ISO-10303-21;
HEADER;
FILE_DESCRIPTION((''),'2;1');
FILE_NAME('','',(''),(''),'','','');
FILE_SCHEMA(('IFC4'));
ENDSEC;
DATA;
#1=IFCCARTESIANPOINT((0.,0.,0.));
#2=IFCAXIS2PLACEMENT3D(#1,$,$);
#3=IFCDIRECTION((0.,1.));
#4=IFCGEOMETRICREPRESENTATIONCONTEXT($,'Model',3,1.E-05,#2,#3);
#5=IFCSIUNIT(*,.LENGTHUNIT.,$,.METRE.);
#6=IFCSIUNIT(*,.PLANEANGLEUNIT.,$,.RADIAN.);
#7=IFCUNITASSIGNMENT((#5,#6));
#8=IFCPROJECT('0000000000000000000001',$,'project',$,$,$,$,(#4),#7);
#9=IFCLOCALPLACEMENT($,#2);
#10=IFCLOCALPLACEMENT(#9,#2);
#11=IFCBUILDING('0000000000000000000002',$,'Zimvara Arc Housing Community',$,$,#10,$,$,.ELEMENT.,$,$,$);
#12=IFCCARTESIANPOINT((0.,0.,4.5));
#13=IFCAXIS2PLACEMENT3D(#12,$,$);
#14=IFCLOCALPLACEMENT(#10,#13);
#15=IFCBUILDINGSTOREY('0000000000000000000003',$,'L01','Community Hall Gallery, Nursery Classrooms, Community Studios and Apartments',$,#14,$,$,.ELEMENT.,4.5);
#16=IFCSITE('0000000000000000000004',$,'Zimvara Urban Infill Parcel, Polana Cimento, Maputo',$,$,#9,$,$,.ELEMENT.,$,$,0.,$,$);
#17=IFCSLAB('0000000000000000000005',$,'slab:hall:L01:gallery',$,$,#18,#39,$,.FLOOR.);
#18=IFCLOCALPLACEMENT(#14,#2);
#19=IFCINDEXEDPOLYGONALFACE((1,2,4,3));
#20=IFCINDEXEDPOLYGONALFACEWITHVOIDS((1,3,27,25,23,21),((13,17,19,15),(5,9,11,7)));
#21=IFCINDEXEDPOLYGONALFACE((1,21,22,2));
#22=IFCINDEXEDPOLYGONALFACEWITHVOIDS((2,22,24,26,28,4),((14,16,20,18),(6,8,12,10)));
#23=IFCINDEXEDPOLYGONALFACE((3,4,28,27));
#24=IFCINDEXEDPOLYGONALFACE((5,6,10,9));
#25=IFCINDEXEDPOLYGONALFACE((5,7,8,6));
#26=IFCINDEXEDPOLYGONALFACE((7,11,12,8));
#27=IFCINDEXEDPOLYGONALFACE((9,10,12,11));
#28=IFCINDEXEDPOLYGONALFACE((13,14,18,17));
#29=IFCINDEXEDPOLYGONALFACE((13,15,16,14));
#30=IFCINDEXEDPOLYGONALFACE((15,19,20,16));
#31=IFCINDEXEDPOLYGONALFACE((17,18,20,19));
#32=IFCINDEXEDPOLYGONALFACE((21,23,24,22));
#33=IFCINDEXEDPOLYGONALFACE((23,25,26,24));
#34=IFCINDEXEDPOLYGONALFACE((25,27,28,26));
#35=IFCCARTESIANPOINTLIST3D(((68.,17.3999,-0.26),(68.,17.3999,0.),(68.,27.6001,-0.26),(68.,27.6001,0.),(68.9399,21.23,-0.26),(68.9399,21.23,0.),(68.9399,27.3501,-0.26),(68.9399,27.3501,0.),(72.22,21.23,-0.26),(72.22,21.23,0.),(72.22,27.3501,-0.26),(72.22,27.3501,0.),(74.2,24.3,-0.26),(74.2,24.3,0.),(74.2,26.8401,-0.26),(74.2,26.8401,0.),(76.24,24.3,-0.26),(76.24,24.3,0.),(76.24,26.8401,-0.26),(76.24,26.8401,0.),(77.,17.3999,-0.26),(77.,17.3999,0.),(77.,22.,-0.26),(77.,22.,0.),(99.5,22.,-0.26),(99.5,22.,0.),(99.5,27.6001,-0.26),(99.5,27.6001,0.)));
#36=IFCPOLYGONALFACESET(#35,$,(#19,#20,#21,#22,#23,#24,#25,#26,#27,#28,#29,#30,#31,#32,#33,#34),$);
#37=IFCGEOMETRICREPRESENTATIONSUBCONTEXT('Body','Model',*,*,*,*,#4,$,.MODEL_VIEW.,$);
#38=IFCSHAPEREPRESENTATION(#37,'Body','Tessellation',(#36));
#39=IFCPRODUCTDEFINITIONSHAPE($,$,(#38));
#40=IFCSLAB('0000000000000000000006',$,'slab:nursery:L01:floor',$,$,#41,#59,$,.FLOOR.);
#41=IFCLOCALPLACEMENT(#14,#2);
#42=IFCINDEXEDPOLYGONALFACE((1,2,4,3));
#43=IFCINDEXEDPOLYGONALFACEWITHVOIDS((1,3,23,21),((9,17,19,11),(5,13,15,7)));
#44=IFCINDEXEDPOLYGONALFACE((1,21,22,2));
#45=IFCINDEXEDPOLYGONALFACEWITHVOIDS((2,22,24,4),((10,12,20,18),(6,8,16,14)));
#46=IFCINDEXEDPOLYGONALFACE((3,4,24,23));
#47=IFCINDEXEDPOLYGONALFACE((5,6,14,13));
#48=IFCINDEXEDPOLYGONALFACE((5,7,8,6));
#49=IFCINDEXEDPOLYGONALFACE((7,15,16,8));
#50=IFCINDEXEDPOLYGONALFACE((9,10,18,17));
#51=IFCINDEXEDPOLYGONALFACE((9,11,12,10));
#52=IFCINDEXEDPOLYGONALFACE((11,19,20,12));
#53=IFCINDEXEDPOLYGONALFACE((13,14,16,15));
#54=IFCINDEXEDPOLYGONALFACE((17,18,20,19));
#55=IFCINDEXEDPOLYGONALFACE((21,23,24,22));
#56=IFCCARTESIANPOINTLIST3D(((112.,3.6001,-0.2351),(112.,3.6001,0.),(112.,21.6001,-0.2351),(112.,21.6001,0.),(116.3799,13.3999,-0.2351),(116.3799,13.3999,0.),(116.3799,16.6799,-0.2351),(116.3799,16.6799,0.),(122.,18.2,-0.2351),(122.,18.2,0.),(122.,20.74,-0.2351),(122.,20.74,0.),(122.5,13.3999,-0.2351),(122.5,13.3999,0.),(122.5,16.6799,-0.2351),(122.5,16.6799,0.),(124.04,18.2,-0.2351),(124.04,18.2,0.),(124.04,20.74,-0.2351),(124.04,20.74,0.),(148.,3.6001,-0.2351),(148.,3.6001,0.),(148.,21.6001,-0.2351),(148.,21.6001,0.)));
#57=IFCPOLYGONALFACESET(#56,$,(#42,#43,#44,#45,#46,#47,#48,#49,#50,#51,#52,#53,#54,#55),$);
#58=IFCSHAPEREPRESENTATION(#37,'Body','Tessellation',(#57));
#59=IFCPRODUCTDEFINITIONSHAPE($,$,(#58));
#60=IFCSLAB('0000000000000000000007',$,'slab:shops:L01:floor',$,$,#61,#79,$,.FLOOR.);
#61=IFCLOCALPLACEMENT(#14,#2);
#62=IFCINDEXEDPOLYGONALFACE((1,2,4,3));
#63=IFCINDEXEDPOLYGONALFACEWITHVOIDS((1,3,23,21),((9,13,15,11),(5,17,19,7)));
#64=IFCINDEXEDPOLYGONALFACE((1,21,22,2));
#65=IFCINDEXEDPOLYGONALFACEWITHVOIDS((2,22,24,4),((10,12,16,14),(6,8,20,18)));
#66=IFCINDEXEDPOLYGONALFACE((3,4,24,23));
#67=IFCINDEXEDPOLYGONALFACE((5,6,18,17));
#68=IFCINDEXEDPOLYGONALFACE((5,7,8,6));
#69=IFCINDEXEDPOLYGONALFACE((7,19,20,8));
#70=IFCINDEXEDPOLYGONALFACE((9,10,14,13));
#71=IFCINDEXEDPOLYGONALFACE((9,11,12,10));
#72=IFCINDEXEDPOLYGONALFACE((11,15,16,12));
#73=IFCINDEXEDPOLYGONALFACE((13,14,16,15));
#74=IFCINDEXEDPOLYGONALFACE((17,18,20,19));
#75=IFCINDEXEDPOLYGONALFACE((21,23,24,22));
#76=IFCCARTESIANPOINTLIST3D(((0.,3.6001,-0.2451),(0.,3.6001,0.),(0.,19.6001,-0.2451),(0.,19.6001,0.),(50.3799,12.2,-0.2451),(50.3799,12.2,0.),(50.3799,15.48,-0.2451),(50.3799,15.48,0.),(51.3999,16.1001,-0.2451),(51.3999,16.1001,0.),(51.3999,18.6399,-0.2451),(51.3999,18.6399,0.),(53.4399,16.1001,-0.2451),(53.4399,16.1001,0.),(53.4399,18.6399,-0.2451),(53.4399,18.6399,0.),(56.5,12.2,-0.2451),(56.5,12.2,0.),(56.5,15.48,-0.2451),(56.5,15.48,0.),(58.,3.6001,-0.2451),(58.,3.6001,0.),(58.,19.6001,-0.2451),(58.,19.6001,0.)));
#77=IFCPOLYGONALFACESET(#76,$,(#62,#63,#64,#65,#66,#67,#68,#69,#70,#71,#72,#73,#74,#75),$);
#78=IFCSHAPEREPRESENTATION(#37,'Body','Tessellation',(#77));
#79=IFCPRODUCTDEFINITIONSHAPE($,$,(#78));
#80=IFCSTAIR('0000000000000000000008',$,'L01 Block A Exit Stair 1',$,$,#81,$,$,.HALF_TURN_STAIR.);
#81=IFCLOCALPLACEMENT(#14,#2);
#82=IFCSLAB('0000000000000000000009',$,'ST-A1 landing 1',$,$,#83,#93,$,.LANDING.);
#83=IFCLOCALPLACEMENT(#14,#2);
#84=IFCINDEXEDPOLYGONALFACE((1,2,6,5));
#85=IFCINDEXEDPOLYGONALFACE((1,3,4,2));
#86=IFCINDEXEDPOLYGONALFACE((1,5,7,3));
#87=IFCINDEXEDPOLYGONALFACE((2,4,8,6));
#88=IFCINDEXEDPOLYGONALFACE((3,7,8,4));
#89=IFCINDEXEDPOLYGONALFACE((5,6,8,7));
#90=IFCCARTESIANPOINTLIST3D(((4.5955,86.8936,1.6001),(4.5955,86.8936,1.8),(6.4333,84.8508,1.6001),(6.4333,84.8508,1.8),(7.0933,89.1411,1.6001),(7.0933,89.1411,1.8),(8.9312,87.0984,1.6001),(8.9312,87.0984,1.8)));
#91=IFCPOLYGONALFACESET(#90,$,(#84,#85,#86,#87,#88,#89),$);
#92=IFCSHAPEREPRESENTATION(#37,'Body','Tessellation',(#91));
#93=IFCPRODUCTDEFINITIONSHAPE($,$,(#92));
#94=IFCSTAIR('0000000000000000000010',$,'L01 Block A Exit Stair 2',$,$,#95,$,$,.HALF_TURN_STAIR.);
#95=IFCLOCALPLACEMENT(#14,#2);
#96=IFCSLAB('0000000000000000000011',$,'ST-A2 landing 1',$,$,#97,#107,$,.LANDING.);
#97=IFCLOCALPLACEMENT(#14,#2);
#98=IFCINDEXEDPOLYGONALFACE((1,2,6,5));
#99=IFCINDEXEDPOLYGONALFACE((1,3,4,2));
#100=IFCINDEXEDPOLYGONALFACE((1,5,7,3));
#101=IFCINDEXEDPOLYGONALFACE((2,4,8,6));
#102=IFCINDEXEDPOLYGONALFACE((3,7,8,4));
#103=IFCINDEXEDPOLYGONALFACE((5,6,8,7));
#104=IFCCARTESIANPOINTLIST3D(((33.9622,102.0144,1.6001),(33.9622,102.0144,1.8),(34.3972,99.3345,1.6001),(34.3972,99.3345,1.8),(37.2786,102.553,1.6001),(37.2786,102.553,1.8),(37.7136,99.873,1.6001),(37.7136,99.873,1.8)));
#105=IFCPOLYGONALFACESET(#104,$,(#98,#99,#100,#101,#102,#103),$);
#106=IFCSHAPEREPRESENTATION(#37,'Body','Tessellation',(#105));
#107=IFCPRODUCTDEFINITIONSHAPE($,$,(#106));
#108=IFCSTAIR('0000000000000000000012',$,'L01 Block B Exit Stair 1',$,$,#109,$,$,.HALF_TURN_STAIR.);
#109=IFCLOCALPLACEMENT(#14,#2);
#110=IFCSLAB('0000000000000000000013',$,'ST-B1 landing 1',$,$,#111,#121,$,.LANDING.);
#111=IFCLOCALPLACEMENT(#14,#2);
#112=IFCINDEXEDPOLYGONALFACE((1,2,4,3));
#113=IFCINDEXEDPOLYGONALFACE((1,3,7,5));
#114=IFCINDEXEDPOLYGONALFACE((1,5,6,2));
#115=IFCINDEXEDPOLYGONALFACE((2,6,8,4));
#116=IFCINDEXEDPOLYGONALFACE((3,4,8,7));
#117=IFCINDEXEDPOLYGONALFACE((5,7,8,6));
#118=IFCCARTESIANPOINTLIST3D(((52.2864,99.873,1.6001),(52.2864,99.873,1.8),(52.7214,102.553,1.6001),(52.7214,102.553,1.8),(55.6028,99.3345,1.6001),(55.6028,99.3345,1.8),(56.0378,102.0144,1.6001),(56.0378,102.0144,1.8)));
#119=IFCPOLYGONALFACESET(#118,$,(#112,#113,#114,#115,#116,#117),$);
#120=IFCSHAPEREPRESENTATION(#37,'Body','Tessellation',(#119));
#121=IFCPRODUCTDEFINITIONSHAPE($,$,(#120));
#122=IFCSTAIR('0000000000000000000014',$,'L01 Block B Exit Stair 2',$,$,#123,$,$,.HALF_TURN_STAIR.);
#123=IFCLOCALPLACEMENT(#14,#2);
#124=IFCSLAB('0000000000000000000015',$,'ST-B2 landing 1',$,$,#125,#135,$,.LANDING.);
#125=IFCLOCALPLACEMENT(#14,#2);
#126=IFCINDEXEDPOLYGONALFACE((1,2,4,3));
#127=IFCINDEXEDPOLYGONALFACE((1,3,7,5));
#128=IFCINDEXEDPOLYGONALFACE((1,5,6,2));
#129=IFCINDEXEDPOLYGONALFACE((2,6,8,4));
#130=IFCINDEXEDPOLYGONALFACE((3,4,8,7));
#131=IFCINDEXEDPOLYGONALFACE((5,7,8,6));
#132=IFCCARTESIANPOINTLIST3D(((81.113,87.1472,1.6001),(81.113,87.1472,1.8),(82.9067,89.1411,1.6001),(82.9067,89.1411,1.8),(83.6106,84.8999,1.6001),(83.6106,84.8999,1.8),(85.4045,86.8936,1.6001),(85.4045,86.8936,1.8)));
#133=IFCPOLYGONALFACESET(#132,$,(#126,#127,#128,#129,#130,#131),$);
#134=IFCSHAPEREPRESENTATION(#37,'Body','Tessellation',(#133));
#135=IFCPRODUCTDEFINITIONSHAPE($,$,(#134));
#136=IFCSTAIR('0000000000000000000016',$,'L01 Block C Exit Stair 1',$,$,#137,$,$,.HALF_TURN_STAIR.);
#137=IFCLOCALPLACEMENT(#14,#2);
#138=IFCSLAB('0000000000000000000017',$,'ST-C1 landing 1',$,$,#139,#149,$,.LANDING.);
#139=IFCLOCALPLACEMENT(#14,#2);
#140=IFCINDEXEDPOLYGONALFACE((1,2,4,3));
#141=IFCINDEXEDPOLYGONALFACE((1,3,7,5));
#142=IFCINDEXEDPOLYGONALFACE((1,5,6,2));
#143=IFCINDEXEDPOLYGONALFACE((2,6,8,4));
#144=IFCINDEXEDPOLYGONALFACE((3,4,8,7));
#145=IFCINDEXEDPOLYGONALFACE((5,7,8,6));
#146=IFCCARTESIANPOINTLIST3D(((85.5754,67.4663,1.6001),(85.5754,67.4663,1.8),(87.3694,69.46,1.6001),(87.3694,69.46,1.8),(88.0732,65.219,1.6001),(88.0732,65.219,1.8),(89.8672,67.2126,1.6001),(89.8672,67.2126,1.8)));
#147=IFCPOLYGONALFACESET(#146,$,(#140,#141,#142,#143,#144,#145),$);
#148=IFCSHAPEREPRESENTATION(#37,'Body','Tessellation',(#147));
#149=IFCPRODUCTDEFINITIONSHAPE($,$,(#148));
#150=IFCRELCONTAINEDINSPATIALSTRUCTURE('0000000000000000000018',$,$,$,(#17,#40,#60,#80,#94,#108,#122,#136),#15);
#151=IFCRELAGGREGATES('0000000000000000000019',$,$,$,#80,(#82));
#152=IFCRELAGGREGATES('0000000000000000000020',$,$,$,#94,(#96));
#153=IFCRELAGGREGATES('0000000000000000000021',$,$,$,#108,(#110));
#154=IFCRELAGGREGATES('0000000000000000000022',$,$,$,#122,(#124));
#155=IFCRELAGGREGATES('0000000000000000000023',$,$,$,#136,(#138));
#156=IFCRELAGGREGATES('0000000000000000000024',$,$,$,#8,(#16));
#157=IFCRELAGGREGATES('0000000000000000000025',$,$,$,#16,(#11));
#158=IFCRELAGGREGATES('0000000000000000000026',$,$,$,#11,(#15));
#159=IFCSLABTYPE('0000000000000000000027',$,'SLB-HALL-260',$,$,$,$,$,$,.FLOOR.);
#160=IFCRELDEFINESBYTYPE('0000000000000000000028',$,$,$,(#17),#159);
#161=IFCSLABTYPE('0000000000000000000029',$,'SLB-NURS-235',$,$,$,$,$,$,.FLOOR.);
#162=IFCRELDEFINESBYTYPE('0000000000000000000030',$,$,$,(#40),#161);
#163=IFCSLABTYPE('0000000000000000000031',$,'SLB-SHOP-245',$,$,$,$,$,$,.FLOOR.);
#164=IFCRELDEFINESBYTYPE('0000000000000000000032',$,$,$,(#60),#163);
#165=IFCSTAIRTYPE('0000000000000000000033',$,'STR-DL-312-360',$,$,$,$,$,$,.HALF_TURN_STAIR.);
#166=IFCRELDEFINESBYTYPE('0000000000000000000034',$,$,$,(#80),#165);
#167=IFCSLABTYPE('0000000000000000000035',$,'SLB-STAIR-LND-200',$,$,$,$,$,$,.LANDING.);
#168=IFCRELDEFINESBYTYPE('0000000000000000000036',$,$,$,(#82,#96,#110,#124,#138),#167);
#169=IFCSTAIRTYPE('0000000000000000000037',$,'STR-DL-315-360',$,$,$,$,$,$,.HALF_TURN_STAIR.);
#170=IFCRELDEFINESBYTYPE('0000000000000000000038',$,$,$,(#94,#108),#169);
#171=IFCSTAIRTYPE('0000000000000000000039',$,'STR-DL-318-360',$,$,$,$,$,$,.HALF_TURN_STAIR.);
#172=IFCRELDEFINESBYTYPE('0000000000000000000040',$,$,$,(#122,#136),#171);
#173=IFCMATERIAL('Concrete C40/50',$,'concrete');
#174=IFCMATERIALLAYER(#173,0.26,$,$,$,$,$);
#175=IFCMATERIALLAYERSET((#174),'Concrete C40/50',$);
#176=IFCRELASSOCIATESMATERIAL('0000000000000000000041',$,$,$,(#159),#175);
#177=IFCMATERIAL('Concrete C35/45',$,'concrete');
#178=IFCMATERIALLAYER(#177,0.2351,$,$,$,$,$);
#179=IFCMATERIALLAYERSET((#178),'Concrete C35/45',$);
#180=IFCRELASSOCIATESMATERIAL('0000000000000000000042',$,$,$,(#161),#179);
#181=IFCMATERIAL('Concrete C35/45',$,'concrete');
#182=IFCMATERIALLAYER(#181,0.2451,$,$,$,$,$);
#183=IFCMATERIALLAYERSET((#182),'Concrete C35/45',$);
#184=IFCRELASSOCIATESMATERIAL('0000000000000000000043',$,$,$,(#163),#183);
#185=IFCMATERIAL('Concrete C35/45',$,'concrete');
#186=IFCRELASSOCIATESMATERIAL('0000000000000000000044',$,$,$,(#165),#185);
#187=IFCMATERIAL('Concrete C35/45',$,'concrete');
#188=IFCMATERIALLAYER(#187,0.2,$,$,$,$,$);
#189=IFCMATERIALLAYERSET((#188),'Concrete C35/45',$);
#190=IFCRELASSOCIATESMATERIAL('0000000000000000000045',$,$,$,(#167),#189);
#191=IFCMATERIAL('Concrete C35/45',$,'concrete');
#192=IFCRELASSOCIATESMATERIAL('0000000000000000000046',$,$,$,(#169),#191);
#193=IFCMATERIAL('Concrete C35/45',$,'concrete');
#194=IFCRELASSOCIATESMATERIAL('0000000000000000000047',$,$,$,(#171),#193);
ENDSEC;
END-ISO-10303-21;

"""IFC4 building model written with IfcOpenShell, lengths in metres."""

from ifc_helpers import new_model, si_unit, direction, frame, origin, place, context, subcontext, project, spatial, polyline, outline, extrude, material, layer, layer_set, type_object, element, aggregate, save


model = new_model("IFC4")

# Units and contexts
model_context = context("Model", 3, precision=1e-05, world=origin(), true_north=direction((0.0, 1.0)))
body_context = subcontext(model_context, "Body", "Model", "MODEL_VIEW")
ifc_project = project(units=[si_unit("LENGTHUNIT", "METRE"), si_unit("PLANEANGLEUNIT", "RADIAN")], contexts=[model_context])

# Site, building, storey
site_placement = place(None, origin())
site = spatial("IfcSite", under=ifc_project, at=site_placement, Name="Zimvara Urban Infill Parcel, Polana Cimento, Maputo", CompositionType="ELEMENT", RefElevation=0.0)
building_placement = place(site_placement, origin())
building = spatial("IfcBuilding", under=site, at=building_placement, Name="Zimvara Arc Housing Community", CompositionType="ELEMENT")
storey_placement = place(building_placement, frame((0.0, 0.0, 4.5)))
storey = spatial("IfcBuildingStorey", under=building, at=storey_placement, Name="L01", Description="Community Hall Gallery, Nursery Classrooms, Community Studios and Apartments", CompositionType="ELEMENT", Elevation=4.5)

# Slabs
ifc_material_1 = material(Name="Concrete C40/50", Category="concrete")
ifc_layer_1 = layer(ifc_material_1, 0.26)
ifc_layer_set_1 = layer_set([ifc_layer_1], Name="Concrete C40/50")
slab_type_1 = type_object("IfcSlabType", Name="SLB-HALL-260", PredefinedType="FLOOR", material=ifc_layer_set_1)
slab_1_placement = place(storey_placement, frame((0.0, 0.0, -0.26)))
element("IfcSlab", 1, at=slab_1_placement, inside=storey, type_object=slab_type_1, Name="slab:hall:L01:gallery", PredefinedType="FLOOR", context=body_context, shape_type="SweptSolid", body=[
    extrude(outline(polyline([(68.0, 17.3999), (77.0, 17.3999), (77.0, 22.0), (99.5, 22.0), (99.5, 27.6001), (68.0, 27.6001), (68.0, 17.3999)]), holes=[polyline([(68.9399, 21.23), (68.9399, 27.3501), (72.22, 27.3501), (72.22, 21.23), (68.9399, 21.23)]), polyline([(74.2, 26.8401), (76.24, 26.8401), (76.24, 24.3), (74.2, 24.3), (74.2, 26.8401)])]), origin(), (0.0, 0.0, 1.0), 0.26),
])
ifc_material_2 = material(Name="Concrete C35/45", Category="concrete")
ifc_layer_2 = layer(ifc_material_2, 0.2351)
ifc_layer_set_2 = layer_set([ifc_layer_2], Name="Concrete C35/45")
slab_type_2 = type_object("IfcSlabType", Name="SLB-NURS-235", PredefinedType="FLOOR", material=ifc_layer_set_2)
slab_2_placement = place(storey_placement, frame((0.0, 0.0, -0.2351)))
element("IfcSlab", 2, at=slab_2_placement, inside=storey, type_object=slab_type_2, Name="slab:nursery:L01:floor", PredefinedType="FLOOR", context=body_context, shape_type="SweptSolid", body=[
    extrude(outline(polyline([(112.0, 3.6001), (148.0, 3.6001), (148.0, 21.6001), (112.0, 21.6001), (112.0, 3.6001)]), holes=[polyline([(116.3799, 16.6799), (122.5, 16.6799), (122.5, 13.3999), (116.3799, 13.3999), (116.3799, 16.6799)]), polyline([(122.0, 20.74), (124.04, 20.74), (124.04, 18.2), (122.0, 18.2), (122.0, 20.74)])]), origin(), (0.0, 0.0, 1.0), 0.2351),
])
ifc_material_3 = material(Name="Concrete C35/45", Category="concrete")
ifc_layer_3 = layer(ifc_material_3, 0.2451)
ifc_layer_set_3 = layer_set([ifc_layer_3], Name="Concrete C35/45")
slab_type_3 = type_object("IfcSlabType", Name="SLB-SHOP-245", PredefinedType="FLOOR", material=ifc_layer_set_3)
slab_3_placement = place(storey_placement, frame((0.0, 0.0, -0.2451)))
element("IfcSlab", 3, at=slab_3_placement, inside=storey, type_object=slab_type_3, Name="slab:shops:L01:floor", PredefinedType="FLOOR", context=body_context, shape_type="SweptSolid", body=[
    extrude(outline(polyline([(0.0, 3.6001), (58.0, 3.6001), (58.0, 19.6001), (0.0, 19.6001), (0.0, 3.6001)]), holes=[polyline([(50.3799, 15.48), (56.5, 15.48), (56.5, 12.2), (50.3799, 12.2), (50.3799, 15.48)]), polyline([(51.3999, 18.6399), (53.4399, 18.6399), (53.4399, 16.1001), (51.3999, 16.1001), (51.3999, 18.6399)])]), origin(), (0.0, 0.0, 1.0), 0.2451),
])

# Stairs, slabs
ifc_material_4 = material(Name="Concrete C35/45", Category="concrete")
stair_type_1 = type_object("IfcStairType", Name="STR-DL-312-360", PredefinedType="HALF_TURN_STAIR", material=ifc_material_4)
stair_1_placement = place(storey_placement, origin())
stair_1 = element("IfcStair", 4, at=stair_1_placement, inside=storey, type_object=stair_type_1, Name="L01 Block A Exit Stair 1", PredefinedType="HALF_TURN_STAIR")
ifc_material_5 = material(Name="Concrete C35/45", Category="concrete")
ifc_layer_4 = layer(ifc_material_5, 0.2)
ifc_layer_set_4 = layer_set([ifc_layer_4], Name="Concrete C35/45")
slab_type_4 = type_object("IfcSlabType", Name="SLB-STAIR-LND-200", PredefinedType="LANDING", material=ifc_layer_set_4)
slab_4_placement = place(storey_placement, frame((0.0, 0.0, 1.6001)))
slab_4 = element("IfcSlab", 5, at=slab_4_placement, type_object=slab_type_4, Name="ST-A1 landing 1", PredefinedType="LANDING", context=body_context, shape_type="SweptSolid", body=[
    extrude(outline(polyline([(8.9312, 87.0984), (7.0933, 89.1411), (4.5955, 86.8936), (6.4333, 84.8508), (8.9312, 87.0984)])), origin(), (0.0, 0.0, 1.0), 0.2),
])
aggregate(stair_1, [slab_4])
ifc_material_6 = material(Name="Concrete C35/45", Category="concrete")
stair_type_2 = type_object("IfcStairType", Name="STR-DL-315-360", PredefinedType="HALF_TURN_STAIR", material=ifc_material_6)
stair_2_placement = place(storey_placement, origin())
stair_2 = element("IfcStair", 6, at=stair_2_placement, inside=storey, type_object=stair_type_2, Name="L01 Block A Exit Stair 2", PredefinedType="HALF_TURN_STAIR")
slab_5_placement = place(storey_placement, frame((0.0, 0.0, 1.6001)))
slab_5 = element("IfcSlab", 7, at=slab_5_placement, type_object=slab_type_4, Name="ST-A2 landing 1", PredefinedType="LANDING", context=body_context, shape_type="SweptSolid", body=[
    extrude(outline(polyline([(37.7136, 99.873), (37.2786, 102.553), (33.9622, 102.0144), (34.3972, 99.3345), (37.7136, 99.873)])), origin(), (0.0, 0.0, 1.0), 0.2),
])
aggregate(stair_2, [slab_5])
stair_3_placement = place(storey_placement, origin())
stair_3 = element("IfcStair", 8, at=stair_3_placement, inside=storey, type_object=stair_type_2, Name="L01 Block B Exit Stair 1", PredefinedType="HALF_TURN_STAIR")
slab_6_placement = place(storey_placement, frame((0.0, 0.0, 1.6001)))
slab_6 = element("IfcSlab", 9, at=slab_6_placement, type_object=slab_type_4, Name="ST-B1 landing 1", PredefinedType="LANDING", context=body_context, shape_type="SweptSolid", body=[
    extrude(outline(polyline([(55.6028, 99.3345), (56.0378, 102.0144), (52.7214, 102.553), (52.2864, 99.873), (55.6028, 99.3345)])), origin(), (0.0, 0.0, 1.0), 0.2),
])
aggregate(stair_3, [slab_6])
ifc_material_7 = material(Name="Concrete C35/45", Category="concrete")
stair_type_3 = type_object("IfcStairType", Name="STR-DL-318-360", PredefinedType="HALF_TURN_STAIR", material=ifc_material_7)
stair_4_placement = place(storey_placement, origin())
stair_4 = element("IfcStair", 10, at=stair_4_placement, inside=storey, type_object=stair_type_3, Name="L01 Block B Exit Stair 2", PredefinedType="HALF_TURN_STAIR")
slab_7_placement = place(storey_placement, frame((0.0, 0.0, 1.6001)))
slab_7 = element("IfcSlab", 11, at=slab_7_placement, type_object=slab_type_4, Name="ST-B2 landing 1", PredefinedType="LANDING", context=body_context, shape_type="SweptSolid", body=[
    extrude(outline(polyline([(83.6106, 84.8999), (85.4045, 86.8936), (82.9067, 89.1411), (81.113, 87.1472), (83.6106, 84.8999)])), origin(), (0.0, 0.0, 1.0), 0.2),
])
aggregate(stair_4, [slab_7])
stair_5_placement = place(storey_placement, origin())
stair_5 = element("IfcStair", 12, at=stair_5_placement, inside=storey, type_object=stair_type_3, Name="L01 Block C Exit Stair 1", PredefinedType="HALF_TURN_STAIR")
slab_8_placement = place(storey_placement, frame((0.0, 0.0, 1.6001)))
slab_8 = element("IfcSlab", 13, at=slab_8_placement, type_object=slab_type_4, Name="ST-C1 landing 1", PredefinedType="LANDING", context=body_context, shape_type="SweptSolid", body=[
    extrude(outline(polyline([(87.3694, 69.46), (85.5754, 67.4663), (88.0732, 65.219), (89.8672, 67.2126), (87.3694, 69.46)])), origin(), (0.0, 0.0, 1.0), 0.2),
])
aggregate(stair_5, [slab_8])

save(model, "model.ifc")
